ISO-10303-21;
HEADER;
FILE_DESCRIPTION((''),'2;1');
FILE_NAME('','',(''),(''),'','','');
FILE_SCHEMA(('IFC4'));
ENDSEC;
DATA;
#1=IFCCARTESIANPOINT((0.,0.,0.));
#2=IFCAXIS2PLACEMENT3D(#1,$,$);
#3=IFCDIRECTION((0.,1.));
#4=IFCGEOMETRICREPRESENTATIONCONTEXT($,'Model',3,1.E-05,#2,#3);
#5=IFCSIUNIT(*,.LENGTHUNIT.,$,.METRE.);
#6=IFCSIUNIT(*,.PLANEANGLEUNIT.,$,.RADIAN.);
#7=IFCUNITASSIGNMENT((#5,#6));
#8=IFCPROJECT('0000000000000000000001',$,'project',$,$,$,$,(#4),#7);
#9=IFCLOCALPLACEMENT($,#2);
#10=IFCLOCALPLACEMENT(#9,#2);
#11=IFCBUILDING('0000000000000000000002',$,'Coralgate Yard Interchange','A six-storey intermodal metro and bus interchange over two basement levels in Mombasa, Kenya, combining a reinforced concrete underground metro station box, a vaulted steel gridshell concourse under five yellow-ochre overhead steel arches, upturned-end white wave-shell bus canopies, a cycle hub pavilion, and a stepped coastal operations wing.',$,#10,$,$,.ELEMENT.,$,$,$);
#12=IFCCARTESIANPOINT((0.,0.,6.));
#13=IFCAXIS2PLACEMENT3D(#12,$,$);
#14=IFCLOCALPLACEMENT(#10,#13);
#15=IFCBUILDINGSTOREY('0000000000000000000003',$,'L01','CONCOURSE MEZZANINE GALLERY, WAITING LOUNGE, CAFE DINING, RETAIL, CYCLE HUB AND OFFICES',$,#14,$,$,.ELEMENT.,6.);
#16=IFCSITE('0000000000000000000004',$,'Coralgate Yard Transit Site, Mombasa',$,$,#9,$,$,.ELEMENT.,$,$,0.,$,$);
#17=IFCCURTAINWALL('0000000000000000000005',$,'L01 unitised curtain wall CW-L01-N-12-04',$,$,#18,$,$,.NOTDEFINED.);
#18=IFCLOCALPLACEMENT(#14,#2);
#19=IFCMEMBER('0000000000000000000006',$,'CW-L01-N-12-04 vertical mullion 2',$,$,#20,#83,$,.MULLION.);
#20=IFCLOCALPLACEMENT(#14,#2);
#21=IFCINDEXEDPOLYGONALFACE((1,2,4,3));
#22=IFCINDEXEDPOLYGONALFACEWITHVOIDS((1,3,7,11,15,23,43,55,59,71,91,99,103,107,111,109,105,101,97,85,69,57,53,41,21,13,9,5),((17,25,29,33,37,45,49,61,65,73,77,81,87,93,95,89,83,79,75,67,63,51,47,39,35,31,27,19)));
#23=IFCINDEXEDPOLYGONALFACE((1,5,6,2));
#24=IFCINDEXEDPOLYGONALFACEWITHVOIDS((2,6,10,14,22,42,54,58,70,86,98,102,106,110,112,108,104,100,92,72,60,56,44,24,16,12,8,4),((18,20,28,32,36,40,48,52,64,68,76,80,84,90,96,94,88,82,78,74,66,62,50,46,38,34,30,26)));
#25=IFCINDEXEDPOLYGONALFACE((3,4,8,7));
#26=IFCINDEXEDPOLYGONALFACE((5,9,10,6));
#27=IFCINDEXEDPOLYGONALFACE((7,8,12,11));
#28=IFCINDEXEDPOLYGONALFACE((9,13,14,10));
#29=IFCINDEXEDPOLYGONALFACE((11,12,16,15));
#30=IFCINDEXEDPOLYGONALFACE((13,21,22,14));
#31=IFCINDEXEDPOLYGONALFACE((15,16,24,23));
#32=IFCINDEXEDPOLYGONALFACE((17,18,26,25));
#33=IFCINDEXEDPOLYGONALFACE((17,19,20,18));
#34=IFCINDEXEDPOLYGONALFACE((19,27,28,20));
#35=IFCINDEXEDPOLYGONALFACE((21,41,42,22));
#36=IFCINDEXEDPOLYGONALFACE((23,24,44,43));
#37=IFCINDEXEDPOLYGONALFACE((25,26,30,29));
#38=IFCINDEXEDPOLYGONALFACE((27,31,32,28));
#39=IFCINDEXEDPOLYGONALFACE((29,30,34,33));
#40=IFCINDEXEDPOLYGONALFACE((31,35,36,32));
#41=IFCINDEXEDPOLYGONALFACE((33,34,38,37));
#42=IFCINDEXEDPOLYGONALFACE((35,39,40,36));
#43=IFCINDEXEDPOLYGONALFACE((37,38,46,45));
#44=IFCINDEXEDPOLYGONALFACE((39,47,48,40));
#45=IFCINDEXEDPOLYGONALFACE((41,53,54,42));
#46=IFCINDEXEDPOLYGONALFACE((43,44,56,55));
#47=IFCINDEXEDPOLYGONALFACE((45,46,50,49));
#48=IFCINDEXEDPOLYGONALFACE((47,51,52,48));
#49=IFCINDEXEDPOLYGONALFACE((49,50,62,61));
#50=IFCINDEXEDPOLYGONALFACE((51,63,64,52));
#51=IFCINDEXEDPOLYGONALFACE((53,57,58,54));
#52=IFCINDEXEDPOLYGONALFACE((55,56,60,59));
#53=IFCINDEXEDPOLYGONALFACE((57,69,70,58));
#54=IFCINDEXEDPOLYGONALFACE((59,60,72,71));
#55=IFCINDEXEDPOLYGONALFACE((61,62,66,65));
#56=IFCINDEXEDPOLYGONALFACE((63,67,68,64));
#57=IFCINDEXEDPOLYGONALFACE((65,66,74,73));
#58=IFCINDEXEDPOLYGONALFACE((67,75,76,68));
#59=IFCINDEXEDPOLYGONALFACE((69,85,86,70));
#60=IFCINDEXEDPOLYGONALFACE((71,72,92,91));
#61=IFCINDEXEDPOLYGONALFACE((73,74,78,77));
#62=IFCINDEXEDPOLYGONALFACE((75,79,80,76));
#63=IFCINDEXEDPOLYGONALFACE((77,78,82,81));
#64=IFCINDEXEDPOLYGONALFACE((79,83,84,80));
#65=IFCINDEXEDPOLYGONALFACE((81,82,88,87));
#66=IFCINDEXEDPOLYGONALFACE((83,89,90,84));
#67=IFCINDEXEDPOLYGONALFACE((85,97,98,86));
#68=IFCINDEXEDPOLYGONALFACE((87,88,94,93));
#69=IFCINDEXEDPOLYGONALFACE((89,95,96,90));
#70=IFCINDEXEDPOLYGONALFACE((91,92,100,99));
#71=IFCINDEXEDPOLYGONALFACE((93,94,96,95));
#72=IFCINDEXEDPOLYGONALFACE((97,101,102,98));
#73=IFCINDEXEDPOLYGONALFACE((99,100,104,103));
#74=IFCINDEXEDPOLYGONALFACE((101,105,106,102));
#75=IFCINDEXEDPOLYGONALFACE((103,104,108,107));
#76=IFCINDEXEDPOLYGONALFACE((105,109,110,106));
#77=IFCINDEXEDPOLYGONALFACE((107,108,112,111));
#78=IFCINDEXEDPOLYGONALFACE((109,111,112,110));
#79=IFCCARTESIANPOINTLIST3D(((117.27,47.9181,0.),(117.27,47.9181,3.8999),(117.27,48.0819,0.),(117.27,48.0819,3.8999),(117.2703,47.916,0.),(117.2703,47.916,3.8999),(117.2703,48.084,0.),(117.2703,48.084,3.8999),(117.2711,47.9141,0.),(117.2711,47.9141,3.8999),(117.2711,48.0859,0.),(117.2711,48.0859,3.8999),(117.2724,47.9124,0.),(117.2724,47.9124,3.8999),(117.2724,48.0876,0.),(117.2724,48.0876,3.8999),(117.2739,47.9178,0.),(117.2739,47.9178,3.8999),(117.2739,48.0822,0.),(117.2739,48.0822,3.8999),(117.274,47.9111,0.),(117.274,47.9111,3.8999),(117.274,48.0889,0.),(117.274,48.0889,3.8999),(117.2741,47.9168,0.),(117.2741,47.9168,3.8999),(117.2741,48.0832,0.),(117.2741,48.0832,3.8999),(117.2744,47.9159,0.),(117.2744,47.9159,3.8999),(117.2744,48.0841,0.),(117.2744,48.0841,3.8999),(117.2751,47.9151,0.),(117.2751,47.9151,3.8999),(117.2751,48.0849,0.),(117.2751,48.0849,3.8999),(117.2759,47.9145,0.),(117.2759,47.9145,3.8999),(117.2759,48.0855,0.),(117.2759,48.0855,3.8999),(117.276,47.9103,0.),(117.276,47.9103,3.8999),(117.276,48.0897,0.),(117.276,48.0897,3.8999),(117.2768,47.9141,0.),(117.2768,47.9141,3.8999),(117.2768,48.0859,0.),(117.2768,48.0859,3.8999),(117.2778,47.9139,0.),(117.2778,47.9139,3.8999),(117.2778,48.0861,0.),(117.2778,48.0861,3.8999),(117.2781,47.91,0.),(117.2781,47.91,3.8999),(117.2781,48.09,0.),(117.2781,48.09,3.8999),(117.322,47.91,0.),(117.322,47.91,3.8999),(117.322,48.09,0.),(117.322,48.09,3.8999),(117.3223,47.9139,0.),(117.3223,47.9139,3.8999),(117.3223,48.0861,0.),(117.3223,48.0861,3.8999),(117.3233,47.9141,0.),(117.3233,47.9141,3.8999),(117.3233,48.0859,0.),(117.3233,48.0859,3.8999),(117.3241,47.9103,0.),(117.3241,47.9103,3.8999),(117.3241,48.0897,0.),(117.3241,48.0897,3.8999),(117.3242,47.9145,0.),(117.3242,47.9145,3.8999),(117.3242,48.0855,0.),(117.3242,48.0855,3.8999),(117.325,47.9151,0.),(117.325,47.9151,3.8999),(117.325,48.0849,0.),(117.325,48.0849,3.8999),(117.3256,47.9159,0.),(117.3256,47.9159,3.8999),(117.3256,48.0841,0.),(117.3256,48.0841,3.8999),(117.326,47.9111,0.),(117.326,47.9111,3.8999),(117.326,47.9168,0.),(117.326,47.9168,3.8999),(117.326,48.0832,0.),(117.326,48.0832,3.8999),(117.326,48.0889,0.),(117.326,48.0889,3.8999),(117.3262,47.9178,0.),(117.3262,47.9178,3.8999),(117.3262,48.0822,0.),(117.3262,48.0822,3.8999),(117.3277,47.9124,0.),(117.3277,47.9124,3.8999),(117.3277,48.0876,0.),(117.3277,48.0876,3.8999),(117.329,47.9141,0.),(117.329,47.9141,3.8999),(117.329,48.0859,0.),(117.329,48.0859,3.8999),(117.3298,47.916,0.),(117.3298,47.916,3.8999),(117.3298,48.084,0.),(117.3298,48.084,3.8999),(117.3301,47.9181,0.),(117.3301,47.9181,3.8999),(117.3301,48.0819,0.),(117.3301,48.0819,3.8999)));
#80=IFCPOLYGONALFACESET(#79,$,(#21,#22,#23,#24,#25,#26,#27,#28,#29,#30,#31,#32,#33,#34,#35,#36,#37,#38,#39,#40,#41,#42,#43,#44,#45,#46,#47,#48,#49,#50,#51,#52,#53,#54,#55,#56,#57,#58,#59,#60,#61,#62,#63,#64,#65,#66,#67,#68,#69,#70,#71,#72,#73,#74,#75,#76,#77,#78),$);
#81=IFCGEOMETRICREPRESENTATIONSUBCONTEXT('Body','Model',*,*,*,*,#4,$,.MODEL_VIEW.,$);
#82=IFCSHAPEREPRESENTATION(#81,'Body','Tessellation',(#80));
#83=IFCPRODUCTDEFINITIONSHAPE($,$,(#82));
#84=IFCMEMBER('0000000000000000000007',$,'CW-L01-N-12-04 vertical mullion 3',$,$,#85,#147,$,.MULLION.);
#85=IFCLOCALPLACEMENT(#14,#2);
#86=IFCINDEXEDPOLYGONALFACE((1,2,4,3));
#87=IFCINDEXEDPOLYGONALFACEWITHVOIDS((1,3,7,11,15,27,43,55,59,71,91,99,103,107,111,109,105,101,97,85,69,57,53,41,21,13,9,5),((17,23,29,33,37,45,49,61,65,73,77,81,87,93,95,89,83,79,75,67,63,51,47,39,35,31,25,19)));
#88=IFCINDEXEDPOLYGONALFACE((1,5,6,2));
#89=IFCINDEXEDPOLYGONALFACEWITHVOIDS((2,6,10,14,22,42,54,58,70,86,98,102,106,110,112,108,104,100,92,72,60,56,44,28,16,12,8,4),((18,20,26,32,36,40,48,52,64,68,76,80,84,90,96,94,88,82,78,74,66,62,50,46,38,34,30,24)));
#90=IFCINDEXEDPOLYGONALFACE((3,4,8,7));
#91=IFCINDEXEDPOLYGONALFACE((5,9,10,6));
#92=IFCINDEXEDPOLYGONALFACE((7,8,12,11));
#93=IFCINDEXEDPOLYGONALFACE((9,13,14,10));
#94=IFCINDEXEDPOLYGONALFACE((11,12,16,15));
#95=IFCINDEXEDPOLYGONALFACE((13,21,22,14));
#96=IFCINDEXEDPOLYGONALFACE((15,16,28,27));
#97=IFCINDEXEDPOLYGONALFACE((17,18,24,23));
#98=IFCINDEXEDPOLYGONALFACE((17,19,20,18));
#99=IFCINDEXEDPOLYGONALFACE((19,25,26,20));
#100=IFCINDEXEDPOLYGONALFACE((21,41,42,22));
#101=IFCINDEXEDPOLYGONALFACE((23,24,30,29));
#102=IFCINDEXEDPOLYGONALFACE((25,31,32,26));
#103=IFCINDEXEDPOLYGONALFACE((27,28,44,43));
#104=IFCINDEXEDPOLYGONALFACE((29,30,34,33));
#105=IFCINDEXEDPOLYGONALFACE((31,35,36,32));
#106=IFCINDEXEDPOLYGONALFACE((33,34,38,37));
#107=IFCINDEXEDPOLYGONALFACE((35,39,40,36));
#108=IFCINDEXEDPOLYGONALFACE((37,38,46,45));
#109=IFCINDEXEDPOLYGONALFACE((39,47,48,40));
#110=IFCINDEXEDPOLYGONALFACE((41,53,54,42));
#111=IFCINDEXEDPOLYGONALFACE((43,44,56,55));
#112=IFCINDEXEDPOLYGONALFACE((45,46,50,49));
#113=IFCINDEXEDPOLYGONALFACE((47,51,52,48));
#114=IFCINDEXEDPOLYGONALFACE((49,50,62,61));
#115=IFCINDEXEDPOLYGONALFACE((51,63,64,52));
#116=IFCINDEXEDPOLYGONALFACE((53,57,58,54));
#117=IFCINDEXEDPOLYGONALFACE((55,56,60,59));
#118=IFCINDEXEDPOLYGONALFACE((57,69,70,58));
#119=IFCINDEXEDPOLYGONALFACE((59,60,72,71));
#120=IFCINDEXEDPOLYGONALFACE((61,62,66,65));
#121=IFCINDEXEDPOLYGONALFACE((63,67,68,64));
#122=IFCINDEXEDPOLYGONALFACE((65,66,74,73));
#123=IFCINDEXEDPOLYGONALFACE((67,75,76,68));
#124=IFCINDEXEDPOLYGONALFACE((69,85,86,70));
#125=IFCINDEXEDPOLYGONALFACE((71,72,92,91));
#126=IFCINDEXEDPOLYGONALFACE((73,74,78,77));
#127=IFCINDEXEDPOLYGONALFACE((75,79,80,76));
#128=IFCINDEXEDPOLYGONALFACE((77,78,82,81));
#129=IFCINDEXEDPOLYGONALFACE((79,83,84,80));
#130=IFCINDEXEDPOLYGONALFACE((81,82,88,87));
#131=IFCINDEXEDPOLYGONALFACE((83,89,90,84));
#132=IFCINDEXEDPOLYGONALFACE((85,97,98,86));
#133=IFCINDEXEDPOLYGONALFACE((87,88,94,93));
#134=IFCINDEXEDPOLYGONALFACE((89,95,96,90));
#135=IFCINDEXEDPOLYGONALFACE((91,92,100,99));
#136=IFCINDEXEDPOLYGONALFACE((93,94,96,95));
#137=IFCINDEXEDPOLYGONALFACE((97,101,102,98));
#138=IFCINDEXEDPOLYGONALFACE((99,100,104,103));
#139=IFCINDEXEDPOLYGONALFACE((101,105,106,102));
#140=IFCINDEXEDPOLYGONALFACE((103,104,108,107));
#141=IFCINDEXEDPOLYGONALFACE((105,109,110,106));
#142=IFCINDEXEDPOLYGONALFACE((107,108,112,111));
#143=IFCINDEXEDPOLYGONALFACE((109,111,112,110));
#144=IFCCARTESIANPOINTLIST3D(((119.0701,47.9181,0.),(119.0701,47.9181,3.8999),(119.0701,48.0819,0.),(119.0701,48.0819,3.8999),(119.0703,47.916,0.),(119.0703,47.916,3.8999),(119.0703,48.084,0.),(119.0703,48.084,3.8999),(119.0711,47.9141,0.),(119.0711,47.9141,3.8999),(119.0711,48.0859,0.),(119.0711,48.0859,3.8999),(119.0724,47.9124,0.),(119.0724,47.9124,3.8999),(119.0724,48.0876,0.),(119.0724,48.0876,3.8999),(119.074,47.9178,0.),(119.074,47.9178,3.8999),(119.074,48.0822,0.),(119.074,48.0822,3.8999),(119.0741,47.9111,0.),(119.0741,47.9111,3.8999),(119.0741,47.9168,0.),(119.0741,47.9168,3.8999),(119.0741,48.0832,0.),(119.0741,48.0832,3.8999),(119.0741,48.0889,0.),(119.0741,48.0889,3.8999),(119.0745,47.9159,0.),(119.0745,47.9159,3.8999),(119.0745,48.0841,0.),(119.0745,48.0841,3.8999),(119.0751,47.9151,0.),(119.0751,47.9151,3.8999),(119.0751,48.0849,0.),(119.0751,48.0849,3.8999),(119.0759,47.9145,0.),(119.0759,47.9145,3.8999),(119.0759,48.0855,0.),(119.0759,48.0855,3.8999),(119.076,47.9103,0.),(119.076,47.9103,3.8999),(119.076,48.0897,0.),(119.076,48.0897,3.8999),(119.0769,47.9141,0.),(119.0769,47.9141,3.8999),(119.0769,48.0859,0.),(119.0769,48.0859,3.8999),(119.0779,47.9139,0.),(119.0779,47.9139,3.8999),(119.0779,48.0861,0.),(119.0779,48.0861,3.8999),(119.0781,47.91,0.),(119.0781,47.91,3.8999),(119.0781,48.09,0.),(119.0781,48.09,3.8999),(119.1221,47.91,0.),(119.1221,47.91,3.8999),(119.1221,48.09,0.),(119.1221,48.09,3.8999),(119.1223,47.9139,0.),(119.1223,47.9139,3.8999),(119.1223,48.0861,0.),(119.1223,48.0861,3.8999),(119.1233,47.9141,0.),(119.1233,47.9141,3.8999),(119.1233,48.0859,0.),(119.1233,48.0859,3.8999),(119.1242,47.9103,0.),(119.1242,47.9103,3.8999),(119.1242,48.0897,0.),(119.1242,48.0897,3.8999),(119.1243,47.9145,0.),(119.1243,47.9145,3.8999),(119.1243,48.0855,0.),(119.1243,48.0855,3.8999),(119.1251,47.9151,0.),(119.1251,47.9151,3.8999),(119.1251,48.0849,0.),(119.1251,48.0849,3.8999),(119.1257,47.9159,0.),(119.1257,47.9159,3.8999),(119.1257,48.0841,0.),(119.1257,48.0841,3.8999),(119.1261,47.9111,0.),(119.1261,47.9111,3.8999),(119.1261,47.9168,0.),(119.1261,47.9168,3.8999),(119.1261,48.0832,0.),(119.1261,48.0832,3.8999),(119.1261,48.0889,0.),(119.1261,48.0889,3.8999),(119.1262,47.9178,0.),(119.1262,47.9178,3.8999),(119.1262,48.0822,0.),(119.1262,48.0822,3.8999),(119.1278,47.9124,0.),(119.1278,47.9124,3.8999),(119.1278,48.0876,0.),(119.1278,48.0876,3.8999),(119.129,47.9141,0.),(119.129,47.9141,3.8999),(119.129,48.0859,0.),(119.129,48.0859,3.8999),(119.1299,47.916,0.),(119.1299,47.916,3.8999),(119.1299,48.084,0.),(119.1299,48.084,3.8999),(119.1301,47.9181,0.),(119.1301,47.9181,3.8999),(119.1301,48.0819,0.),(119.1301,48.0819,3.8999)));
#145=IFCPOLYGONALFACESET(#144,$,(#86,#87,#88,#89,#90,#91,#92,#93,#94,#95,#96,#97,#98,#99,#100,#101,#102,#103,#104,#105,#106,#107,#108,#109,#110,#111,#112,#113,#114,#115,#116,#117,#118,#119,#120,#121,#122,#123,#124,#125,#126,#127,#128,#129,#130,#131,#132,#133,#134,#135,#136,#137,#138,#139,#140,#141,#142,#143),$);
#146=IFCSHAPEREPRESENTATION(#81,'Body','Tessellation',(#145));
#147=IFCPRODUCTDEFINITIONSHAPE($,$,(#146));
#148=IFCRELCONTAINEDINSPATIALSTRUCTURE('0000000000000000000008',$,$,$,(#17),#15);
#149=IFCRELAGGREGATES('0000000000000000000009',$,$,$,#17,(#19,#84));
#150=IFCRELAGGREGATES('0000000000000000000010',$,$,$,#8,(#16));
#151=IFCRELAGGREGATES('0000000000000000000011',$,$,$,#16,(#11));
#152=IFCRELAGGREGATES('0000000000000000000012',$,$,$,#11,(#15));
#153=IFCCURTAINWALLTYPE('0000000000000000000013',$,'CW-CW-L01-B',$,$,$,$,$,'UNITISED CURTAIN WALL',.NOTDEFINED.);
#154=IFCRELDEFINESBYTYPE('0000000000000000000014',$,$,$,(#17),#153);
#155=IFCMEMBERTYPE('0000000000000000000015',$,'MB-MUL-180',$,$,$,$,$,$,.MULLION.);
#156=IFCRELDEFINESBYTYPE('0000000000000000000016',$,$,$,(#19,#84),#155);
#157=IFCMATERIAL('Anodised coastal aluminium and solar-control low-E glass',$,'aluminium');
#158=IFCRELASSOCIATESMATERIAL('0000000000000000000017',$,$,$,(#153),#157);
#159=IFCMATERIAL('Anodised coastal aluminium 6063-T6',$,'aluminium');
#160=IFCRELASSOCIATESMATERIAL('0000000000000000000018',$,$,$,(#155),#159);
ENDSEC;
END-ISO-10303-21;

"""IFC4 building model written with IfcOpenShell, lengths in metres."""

from ifc_helpers import new_model, si_unit, direction, frame, origin, origin_2d, place, context, subcontext, project, spatial, hollow_rectangle, extrude, material, material_profile, profile_set, type_object, element, aggregate, save


model = new_model("IFC4")

# Units and contexts
model_context = context("Model", 3, precision=1e-05, world=origin(), true_north=direction((0.0, 1.0)))
body_context = subcontext(model_context, "Body", "Model", "MODEL_VIEW")
ifc_project = project(units=[si_unit("LENGTHUNIT", "METRE"), si_unit("PLANEANGLEUNIT", "RADIAN")], contexts=[model_context])

# Site, building, storey
site_placement = place(None, origin())
site = spatial("IfcSite", under=ifc_project, at=site_placement, Name="Coralgate Yard Transit Site, Mombasa", CompositionType="ELEMENT", RefElevation=0.0)
building_placement = place(site_placement, origin())
building = spatial("IfcBuilding", under=site, at=building_placement, Name="Coralgate Yard Interchange", Description="A six-storey intermodal metro and bus interchange over two basement levels in Mombasa, Kenya, combining a reinforced concrete underground metro station box, a vaulted steel gridshell concourse under five yellow-ochre overhead steel arches, upturned-end white wave-shell bus canopies, a cycle hub pavilion, and a stepped coastal operations wing.", CompositionType="ELEMENT")
storey_placement = place(building_placement, frame((0.0, 0.0, 6.0)))
storey = spatial("IfcBuildingStorey", under=building, at=storey_placement, Name="L01", Description="CONCOURSE MEZZANINE GALLERY, WAITING LOUNGE, CAFE DINING, RETAIL, CYCLE HUB AND OFFICES", CompositionType="ELEMENT", Elevation=6.0)

# Curtain wall, members
ifc_material_1 = material(Name="Anodised coastal aluminium and solar-control low-E glass", Category="aluminium")
curtain_wall_type = type_object("IfcCurtainWallType", Name="CW-CW-L01-B", ElementType="UNITISED CURTAIN WALL", PredefinedType="NOTDEFINED", material=ifc_material_1)
ifc_material_2 = material(Name="Anodised coastal aluminium 6063-T6", Category="aluminium")
ifc_material_profile_1 = material_profile(ifc_material_2, hollow_rectangle(XDim=0.0601, YDim=0.1799, WallThickness=0.0039, InnerFilletRadius=0.0039, OuterFilletRadius=0.0081, at=origin_2d()), Name="ALU 60x180x4")
ifc_profile_set_1 = profile_set([ifc_material_profile_1], Name="Anodised coastal aluminium 6063-T6")
member_type_1 = type_object("IfcMemberType", Name="MB-MUL-180", PredefinedType="MULLION", material=ifc_profile_set_1)
curtain_wall_1_placement = place(storey_placement, origin())
curtain_wall_1 = element("IfcCurtainWall", 1, at=curtain_wall_1_placement, inside=storey, type_object=curtain_wall_type, Name="L01 unitised curtain wall CW-L01-N-12-04", PredefinedType="NOTDEFINED")
member_1_placement = place(storey_placement, frame((117.3, 48.0, 0.0), z_axis=(0.0, 0.0, 1.0), x_axis=(1.0, 0.0, 0.0)))
member_1 = element("IfcMember", 2, at=member_1_placement, type_object=member_type_1, Name="CW-L01-N-12-04 vertical mullion 2", PredefinedType="MULLION", context=body_context, shape_type="SweptSolid", body=[
    extrude(hollow_rectangle(XDim=0.0601, YDim=0.1799, WallThickness=0.0039, InnerFilletRadius=0.0039, OuterFilletRadius=0.0081, at=origin_2d()), origin(), (0.0, 0.0, 1.0), 3.8999),
])
member_2_placement = place(storey_placement, frame((119.1001, 48.0, 0.0), z_axis=(0.0, 0.0, 1.0), x_axis=(1.0, 0.0, 0.0)))
member_2 = element("IfcMember", 3, at=member_2_placement, type_object=member_type_1, Name="CW-L01-N-12-04 vertical mullion 3", PredefinedType="MULLION", context=body_context, shape_type="SweptSolid", body=[
    extrude(hollow_rectangle(XDim=0.0601, YDim=0.1799, WallThickness=0.0039, InnerFilletRadius=0.0039, OuterFilletRadius=0.0081, at=origin_2d()), origin(), (0.0, 0.0, 1.0), 3.8999),
])

aggregate(curtain_wall_1, [member_1, member_2])

save(model, "model.ifc")
